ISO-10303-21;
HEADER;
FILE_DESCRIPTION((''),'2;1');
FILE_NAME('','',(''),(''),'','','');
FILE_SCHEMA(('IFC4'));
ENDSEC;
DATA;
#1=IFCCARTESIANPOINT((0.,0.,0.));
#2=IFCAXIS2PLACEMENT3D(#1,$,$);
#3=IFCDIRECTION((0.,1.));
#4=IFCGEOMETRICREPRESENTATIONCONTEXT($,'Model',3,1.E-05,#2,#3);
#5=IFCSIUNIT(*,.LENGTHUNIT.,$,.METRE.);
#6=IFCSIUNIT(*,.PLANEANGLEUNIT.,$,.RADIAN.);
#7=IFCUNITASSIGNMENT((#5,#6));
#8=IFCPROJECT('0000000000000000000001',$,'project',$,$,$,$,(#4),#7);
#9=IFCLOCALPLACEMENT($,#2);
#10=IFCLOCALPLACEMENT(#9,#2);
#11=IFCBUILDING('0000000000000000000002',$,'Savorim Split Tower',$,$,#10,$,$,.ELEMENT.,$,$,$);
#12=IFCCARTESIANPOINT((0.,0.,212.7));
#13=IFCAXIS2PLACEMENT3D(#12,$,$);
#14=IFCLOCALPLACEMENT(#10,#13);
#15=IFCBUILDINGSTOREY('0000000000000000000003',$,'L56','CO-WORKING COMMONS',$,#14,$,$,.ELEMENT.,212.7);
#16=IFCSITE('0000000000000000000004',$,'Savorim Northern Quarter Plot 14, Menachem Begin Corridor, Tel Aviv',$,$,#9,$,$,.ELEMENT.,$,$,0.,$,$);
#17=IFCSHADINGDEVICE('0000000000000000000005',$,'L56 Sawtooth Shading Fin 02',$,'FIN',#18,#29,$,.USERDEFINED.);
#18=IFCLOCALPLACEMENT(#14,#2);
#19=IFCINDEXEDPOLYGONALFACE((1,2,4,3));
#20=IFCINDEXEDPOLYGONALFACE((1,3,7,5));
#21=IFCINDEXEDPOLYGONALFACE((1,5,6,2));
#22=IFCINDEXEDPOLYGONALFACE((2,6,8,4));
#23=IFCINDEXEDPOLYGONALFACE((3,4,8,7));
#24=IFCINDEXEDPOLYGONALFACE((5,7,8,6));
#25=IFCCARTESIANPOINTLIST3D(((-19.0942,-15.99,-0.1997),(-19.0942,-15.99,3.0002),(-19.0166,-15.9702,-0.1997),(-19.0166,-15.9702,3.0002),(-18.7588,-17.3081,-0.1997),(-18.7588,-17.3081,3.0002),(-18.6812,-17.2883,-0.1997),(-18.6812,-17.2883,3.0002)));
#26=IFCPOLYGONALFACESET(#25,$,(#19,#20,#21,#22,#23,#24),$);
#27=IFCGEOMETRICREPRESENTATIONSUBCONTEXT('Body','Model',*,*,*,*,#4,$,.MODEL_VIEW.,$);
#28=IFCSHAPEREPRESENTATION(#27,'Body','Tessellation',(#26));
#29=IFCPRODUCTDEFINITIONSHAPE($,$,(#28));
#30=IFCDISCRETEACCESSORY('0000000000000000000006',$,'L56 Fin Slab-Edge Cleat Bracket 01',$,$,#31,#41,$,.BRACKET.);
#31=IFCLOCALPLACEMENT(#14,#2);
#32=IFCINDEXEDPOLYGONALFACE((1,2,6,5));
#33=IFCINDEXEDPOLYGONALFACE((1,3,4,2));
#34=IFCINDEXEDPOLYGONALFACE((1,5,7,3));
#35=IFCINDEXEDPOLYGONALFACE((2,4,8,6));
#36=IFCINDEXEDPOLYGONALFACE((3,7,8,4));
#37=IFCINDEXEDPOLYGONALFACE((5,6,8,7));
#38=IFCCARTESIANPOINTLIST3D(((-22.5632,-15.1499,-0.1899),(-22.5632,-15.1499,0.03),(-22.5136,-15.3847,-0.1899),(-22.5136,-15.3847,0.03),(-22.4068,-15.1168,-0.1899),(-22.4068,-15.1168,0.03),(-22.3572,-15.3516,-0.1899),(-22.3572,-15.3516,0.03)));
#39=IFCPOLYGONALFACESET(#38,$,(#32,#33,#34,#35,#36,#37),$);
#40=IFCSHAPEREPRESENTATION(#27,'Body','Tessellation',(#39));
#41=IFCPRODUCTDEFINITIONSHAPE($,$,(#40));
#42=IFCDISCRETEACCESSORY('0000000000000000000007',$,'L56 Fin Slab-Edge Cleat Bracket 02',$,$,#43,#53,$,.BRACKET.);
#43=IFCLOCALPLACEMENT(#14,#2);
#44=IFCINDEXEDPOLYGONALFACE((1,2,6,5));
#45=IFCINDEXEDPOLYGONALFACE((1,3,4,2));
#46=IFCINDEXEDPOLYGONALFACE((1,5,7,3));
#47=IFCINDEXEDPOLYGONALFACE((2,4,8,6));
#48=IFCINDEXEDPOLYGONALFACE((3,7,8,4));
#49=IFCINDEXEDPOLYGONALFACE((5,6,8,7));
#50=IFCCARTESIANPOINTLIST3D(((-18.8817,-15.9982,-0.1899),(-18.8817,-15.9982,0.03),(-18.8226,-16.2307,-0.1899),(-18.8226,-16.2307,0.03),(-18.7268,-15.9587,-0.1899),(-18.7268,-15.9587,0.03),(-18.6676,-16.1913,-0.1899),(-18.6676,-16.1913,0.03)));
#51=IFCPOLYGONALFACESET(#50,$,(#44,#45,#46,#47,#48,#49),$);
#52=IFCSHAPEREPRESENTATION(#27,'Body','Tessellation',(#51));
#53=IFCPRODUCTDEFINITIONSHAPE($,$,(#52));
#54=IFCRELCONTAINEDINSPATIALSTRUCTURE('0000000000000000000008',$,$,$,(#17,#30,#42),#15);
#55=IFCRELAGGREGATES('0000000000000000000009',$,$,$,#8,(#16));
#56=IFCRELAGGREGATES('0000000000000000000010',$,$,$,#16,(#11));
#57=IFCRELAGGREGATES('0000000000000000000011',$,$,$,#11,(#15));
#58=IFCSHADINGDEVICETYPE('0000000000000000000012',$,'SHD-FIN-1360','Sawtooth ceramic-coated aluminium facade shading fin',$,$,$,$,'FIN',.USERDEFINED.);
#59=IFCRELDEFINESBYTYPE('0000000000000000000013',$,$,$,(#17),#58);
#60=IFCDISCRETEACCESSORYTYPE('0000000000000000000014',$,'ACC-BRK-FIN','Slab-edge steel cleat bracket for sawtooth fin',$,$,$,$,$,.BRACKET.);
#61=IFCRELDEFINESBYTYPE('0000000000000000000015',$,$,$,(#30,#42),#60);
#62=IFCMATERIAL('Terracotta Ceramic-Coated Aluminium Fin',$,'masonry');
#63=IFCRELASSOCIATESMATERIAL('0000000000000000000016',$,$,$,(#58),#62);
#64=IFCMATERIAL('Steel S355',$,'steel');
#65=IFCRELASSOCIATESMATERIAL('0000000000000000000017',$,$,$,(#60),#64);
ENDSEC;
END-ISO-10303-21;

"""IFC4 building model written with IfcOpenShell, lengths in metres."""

from ifc_helpers import new_model, si_unit, direction, frame, origin, origin_2d, place, context, subcontext, project, spatial, rectangle, extrude, material, type_object, element, save


model = new_model("IFC4")

# Units and contexts
model_context = context("Model", 3, precision=1e-05, world=origin(), true_north=direction((0.0, 1.0)))
body_context = subcontext(model_context, "Body", "Model", "MODEL_VIEW")
ifc_project = project(units=[si_unit("LENGTHUNIT", "METRE"), si_unit("PLANEANGLEUNIT", "RADIAN")], contexts=[model_context])

# Site, building, storey
site_placement = place(None, origin())
site = spatial("IfcSite", under=ifc_project, at=site_placement, Name="Savorim Northern Quarter Plot 14, Menachem Begin Corridor, Tel Aviv", CompositionType="ELEMENT", RefElevation=0.0)
building_placement = place(site_placement, origin())
building = spatial("IfcBuilding", under=site, at=building_placement, Name="Savorim Split Tower", CompositionType="ELEMENT")
storey_placement = place(building_placement, frame((0.0, 0.0, 212.7)))
storey = spatial("IfcBuildingStorey", under=building, at=storey_placement, Name="L56", Description="CO-WORKING COMMONS", CompositionType="ELEMENT", Elevation=212.7)

# Shared definitions
ifc_material_1 = material(Name="Steel S355", Category="steel")

# Shading device
ifc_material_2 = material(Name="Terracotta Ceramic-Coated Aluminium Fin", Category="masonry")
shading_device_type = type_object("IfcShadingDeviceType", Name="SHD-FIN-1360", Description="Sawtooth ceramic-coated aluminium facade shading fin", ElementType="FIN", PredefinedType="USERDEFINED", material=ifc_material_2)
for number, where, z_axis, x_axis, name in (
    (1, (-18.8877, -16.6392, -0.1997), (0.0, 0.0, 1.0), (0.246581, -0.969122, 0.0), "L56 Sawtooth Shading Fin 02"),
):
    element("IfcShadingDevice", number, at=place(storey_placement, frame(where, z_axis=z_axis, x_axis=x_axis)), inside=storey, type_object=shading_device_type, Name=name, ObjectType="FIN", PredefinedType="USERDEFINED", context=body_context, shape_type="SweptSolid", body=[
        extrude(rectangle(XDim=1.3601, YDim=0.0801, at=origin_2d()), origin(), (0.0, 0.0, 1.0), 3.2),
    ])

# Discrete accessories
discrete_accessory_type = type_object("IfcDiscreteAccessoryType", Name="ACC-BRK-FIN", Description="Slab-edge steel cleat bracket for sawtooth fin", PredefinedType="BRACKET", material=ifc_material_1)
for number, where, z_axis, x_axis, name in (
    (2, (-22.4602, -15.2507, -0.1899), (0.0, 0.0, 1.0), (0.206722, -0.9784, 0.0), "L56 Fin Slab-Edge Cleat Bracket 01"),
    (3, (-18.7747, -16.0947, -0.1899), (0.0, 0.0, 1.0), (0.246581, -0.969122, 0.0), "L56 Fin Slab-Edge Cleat Bracket 02"),
):
    element("IfcDiscreteAccessory", number, at=place(storey_placement, frame(where, z_axis=z_axis, x_axis=x_axis)), inside=storey, type_object=discrete_accessory_type, Name=name, PredefinedType="BRACKET", context=body_context, shape_type="SweptSolid", body=[
        extrude(rectangle(XDim=0.24, YDim=0.1599, at=origin_2d()), origin(), (0.0, 0.0, 1.0), 0.22),
    ])

save(model, "model.ifc")
